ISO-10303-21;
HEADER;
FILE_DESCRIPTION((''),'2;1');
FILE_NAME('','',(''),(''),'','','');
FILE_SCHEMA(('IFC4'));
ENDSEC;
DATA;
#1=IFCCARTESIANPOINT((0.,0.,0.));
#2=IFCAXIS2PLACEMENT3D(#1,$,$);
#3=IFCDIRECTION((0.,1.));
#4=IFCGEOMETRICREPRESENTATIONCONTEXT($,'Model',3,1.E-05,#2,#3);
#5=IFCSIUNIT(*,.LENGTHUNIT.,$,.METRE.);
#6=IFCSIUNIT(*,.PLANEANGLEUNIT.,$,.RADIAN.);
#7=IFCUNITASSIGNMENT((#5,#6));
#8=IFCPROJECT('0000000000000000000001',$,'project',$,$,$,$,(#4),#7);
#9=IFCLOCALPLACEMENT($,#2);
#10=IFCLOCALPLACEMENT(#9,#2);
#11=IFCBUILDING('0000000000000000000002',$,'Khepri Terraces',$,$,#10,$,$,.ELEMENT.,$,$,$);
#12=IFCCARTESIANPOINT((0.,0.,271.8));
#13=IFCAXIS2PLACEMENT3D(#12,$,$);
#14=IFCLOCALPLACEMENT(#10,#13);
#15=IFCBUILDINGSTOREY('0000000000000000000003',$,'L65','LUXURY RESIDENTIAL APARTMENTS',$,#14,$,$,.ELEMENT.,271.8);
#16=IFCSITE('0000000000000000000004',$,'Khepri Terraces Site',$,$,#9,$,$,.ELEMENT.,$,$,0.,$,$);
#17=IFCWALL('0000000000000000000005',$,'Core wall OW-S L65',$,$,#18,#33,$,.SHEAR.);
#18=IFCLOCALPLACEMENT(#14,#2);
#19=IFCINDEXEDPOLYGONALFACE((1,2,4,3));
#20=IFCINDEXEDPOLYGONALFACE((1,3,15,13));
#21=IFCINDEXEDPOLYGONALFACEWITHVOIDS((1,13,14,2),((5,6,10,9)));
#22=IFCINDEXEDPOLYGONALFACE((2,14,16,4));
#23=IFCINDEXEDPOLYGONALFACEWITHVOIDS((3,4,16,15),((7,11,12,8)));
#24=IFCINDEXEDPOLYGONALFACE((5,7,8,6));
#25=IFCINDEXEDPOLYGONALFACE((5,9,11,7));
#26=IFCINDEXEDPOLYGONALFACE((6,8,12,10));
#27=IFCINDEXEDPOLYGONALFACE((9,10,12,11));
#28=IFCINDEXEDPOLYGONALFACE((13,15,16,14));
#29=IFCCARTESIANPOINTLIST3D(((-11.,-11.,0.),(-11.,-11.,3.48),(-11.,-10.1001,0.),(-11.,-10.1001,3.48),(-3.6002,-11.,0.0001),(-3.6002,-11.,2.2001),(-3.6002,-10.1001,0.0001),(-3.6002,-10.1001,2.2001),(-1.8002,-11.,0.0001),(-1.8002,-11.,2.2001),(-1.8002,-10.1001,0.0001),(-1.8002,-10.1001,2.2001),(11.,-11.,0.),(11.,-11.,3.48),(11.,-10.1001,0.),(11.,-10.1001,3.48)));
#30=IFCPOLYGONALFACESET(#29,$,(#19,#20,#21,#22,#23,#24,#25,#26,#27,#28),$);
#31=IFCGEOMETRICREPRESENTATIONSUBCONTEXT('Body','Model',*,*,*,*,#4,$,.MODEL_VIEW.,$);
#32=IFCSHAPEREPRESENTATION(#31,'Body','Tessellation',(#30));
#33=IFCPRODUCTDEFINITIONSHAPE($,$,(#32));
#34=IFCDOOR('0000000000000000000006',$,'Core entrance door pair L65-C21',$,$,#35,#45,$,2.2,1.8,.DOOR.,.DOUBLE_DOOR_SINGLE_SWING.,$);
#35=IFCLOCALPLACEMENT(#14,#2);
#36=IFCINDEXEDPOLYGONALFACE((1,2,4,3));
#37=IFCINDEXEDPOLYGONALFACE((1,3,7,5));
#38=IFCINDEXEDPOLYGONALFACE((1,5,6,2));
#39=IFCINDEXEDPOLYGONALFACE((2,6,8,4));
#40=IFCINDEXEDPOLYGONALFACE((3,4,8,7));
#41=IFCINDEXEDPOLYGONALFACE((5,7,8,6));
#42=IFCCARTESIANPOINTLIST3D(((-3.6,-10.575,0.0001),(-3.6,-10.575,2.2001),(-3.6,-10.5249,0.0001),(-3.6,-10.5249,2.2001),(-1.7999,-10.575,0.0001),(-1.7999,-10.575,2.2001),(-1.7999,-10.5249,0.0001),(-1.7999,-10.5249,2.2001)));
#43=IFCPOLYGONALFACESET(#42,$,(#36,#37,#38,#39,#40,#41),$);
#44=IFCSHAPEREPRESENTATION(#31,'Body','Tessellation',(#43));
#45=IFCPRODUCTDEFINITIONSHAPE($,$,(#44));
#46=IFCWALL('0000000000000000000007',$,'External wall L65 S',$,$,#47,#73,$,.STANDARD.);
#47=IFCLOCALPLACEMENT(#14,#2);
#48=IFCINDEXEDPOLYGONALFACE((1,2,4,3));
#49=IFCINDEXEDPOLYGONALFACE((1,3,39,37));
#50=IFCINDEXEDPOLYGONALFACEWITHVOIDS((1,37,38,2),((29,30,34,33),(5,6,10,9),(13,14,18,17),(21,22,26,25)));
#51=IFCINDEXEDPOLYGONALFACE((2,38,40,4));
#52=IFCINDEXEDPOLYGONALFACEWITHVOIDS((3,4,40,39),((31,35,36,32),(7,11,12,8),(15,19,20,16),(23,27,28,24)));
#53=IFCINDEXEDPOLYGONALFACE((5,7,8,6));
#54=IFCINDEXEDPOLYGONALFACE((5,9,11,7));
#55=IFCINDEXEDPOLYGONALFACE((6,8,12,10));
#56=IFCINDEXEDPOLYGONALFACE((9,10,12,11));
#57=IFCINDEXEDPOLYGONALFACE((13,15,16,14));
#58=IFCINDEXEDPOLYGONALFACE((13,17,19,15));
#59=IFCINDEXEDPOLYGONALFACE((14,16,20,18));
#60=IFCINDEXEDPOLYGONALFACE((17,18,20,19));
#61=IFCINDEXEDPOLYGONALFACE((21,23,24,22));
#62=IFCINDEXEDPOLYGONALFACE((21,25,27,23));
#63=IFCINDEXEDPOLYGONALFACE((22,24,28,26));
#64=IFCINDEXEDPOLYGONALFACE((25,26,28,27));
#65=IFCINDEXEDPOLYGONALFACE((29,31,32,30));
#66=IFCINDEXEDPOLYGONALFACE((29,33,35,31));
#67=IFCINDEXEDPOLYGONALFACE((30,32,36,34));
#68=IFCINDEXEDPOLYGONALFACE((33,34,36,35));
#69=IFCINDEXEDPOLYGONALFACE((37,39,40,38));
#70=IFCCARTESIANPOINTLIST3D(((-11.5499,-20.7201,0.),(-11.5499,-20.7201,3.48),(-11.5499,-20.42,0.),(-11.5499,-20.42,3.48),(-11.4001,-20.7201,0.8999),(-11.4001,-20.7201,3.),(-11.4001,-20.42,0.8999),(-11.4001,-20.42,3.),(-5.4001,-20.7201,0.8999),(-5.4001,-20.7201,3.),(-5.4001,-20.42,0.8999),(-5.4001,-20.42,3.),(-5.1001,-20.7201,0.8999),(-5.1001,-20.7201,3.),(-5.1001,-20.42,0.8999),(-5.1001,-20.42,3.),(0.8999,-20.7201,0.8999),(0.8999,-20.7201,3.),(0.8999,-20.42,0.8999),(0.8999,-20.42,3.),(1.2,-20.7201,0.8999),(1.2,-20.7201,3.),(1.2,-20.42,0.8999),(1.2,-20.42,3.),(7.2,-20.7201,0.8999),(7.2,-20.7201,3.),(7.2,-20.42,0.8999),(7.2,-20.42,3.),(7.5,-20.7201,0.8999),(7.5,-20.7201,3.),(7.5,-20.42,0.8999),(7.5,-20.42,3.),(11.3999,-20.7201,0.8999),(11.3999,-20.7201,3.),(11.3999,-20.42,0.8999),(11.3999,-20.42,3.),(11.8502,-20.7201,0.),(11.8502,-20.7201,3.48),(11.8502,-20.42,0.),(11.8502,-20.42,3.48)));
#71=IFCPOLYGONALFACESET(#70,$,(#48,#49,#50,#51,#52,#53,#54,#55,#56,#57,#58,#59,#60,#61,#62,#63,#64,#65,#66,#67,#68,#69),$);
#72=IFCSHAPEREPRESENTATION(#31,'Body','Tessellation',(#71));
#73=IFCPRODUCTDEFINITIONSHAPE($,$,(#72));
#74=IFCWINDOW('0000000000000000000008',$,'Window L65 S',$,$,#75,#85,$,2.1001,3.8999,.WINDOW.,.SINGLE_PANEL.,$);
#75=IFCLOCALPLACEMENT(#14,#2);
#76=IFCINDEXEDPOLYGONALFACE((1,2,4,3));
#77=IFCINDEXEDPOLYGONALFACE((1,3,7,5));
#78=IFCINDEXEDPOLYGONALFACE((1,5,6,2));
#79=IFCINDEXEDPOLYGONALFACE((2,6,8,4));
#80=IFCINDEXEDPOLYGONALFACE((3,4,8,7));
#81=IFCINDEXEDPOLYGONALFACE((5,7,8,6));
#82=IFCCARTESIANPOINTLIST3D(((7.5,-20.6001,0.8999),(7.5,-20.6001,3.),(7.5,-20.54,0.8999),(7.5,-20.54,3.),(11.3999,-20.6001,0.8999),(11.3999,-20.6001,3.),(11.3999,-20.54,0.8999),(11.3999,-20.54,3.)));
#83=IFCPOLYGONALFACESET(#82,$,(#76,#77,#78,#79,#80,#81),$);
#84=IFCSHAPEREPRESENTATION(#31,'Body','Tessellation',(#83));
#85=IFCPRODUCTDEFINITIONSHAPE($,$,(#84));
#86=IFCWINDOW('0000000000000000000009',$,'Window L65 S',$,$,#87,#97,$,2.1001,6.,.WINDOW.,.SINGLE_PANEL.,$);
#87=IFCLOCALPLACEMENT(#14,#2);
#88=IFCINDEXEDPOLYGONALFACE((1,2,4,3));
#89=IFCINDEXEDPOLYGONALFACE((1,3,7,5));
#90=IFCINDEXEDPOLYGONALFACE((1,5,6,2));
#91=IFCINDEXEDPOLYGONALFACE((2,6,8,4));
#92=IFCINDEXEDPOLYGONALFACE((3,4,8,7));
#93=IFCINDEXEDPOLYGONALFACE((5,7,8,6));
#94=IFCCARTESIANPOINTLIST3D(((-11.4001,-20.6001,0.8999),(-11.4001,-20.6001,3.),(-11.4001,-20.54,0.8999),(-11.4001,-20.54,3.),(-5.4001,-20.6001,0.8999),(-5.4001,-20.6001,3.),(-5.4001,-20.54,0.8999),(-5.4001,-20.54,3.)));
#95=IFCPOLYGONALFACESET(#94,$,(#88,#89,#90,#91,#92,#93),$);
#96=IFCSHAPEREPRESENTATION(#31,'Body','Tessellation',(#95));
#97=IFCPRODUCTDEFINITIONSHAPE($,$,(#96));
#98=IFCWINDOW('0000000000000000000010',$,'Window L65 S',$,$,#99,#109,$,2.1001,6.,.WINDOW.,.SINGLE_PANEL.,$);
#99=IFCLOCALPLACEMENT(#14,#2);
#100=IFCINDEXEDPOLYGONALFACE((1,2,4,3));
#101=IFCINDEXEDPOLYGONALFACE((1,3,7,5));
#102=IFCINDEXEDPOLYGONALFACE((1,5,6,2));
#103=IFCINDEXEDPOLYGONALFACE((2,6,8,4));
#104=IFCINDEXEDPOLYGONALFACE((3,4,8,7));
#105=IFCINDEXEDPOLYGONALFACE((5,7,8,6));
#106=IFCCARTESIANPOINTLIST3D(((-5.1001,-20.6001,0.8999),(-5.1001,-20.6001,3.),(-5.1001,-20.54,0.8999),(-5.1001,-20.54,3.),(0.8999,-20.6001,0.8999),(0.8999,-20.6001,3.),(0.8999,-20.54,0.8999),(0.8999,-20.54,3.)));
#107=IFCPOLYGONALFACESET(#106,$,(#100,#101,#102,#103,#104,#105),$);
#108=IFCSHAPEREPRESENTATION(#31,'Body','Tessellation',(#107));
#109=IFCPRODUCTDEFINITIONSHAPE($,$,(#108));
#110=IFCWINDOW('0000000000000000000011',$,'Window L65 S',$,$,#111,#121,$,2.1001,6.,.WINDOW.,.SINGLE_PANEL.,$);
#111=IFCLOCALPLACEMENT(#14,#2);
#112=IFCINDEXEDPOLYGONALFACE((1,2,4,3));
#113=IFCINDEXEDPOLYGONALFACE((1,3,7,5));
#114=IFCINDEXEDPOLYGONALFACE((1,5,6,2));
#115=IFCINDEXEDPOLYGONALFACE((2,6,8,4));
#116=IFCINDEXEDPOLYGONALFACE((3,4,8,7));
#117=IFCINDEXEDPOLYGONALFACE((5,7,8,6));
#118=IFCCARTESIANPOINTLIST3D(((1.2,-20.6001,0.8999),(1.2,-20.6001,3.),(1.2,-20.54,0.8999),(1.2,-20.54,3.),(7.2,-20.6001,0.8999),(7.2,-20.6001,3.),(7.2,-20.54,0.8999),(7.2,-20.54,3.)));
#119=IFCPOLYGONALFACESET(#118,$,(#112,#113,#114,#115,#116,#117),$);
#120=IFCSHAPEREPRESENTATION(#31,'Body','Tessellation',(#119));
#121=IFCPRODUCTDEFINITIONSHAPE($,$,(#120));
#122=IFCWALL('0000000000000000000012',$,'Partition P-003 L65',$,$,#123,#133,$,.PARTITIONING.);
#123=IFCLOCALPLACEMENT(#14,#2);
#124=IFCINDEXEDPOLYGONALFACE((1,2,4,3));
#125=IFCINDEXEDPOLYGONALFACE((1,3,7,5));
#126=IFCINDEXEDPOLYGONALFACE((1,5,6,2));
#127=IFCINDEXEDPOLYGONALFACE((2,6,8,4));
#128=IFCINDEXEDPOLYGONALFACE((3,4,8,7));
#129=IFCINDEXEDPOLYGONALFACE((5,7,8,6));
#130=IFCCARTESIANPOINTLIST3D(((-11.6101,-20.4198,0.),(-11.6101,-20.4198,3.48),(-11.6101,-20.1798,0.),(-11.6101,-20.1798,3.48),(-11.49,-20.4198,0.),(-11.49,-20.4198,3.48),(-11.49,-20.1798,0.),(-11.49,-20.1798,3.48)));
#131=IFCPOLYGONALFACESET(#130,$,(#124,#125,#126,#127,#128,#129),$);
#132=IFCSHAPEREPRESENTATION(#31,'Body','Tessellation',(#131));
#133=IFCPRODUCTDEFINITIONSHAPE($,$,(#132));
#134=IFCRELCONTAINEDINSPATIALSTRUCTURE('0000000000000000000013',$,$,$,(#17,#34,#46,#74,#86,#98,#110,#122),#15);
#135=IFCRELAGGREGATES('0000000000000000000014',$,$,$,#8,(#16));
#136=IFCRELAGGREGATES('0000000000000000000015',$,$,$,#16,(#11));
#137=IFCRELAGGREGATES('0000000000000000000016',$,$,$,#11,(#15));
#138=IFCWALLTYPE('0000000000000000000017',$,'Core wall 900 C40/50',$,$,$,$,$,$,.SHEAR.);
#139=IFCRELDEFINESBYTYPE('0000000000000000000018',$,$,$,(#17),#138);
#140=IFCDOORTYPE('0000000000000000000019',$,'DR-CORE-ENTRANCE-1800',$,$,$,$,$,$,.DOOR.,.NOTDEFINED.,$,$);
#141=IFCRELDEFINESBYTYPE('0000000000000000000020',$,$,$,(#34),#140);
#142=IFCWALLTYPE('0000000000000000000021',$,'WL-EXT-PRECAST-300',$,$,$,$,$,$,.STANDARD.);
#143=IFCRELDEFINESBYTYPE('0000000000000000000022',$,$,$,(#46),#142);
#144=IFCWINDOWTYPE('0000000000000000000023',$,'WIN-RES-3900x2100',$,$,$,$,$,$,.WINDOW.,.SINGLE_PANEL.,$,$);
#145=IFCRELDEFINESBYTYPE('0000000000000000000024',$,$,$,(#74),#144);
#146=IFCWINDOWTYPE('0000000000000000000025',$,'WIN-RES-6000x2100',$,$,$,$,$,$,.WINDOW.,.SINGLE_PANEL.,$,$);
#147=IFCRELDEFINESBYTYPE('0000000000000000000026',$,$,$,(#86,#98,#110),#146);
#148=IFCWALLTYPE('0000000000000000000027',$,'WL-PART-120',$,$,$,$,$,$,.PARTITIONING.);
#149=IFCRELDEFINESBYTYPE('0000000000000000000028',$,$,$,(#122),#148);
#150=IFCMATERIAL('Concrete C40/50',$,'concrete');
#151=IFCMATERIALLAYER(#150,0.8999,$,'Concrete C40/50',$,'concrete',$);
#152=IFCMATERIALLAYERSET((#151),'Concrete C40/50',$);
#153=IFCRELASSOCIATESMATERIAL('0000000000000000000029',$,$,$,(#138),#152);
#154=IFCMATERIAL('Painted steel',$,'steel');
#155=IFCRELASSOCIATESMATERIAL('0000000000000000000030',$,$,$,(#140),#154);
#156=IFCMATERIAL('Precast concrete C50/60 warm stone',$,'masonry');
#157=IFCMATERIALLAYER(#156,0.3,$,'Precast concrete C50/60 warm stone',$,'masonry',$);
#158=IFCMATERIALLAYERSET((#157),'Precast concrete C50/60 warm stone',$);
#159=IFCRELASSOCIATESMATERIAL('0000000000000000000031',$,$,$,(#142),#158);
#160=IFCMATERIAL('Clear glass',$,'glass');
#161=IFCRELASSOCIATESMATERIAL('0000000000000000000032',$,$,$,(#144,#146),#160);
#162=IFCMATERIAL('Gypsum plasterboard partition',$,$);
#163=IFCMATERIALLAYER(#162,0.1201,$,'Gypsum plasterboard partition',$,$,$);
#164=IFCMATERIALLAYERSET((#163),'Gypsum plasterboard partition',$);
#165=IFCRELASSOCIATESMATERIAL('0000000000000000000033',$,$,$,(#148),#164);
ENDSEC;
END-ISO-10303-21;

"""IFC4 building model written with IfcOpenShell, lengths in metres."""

from ifc_helpers import new_model, si_unit, direction, frame, frame_2d, origin, place, context, subcontext, project, spatial, rectangle, extrude, material, layer, layer_set, type_object, element, fill, save


model = new_model("IFC4")

# Units and contexts
model_context = context("Model", 3, precision=1e-05, world=origin(), true_north=direction((0.0, 1.0)))
body_context = subcontext(model_context, "Body", "Model", "MODEL_VIEW")
ifc_project = project(units=[si_unit("LENGTHUNIT", "METRE"), si_unit("PLANEANGLEUNIT", "RADIAN")], contexts=[model_context])

# Site, building, storey
site_placement = place(None, origin())
site = spatial("IfcSite", under=ifc_project, at=site_placement, Name="Khepri Terraces Site", CompositionType="ELEMENT", RefElevation=0.0)
building_placement = place(site_placement, origin())
building = spatial("IfcBuilding", under=site, at=building_placement, Name="Khepri Terraces", CompositionType="ELEMENT")
storey_placement = place(building_placement, frame((0.0, 0.0, 271.8)))
storey = spatial("IfcBuildingStorey", under=building, at=storey_placement, Name="L65", Description="LUXURY RESIDENTIAL APARTMENTS", CompositionType="ELEMENT", Elevation=271.8)

# Wall, opening, door
ifc_material_1 = material(Name="Concrete C40/50", Category="concrete")
ifc_layer_1 = layer(ifc_material_1, 0.8999, Name="Concrete C40/50", Category="concrete")
ifc_layer_set_1 = layer_set([ifc_layer_1], Name="Concrete C40/50")
wall_type_1 = type_object("IfcWallType", Name="Core wall 900 C40/50", PredefinedType="SHEAR", material=ifc_layer_set_1)
wall_1_placement = place(storey_placement, frame((-11.0, -10.55, 0.0), z_axis=(0.0, 0.0, 1.0), x_axis=(1.0, 0.0, 0.0)))
wall_1 = element("IfcWall", 1, at=wall_1_placement, inside=storey, type_object=wall_type_1, Name="Core wall OW-S L65", PredefinedType="SHEAR", context=body_context, shape_type="SweptSolid", body=[
    extrude(rectangle(XDim=22.0, YDim=0.8999, at=frame_2d((11.0, 0.0))), origin(), (0.0, 0.0, 1.0), 3.48),
])
opening_1_placement = place(wall_1_placement, frame((7.3999, 0.0, 0.0)))
opening_1 = element("IfcOpeningElement", 2, at=opening_1_placement, cuts=wall_1, PredefinedType="OPENING", context=body_context, shape_type="SweptSolid", body=[
    extrude(rectangle(XDim=1.8, YDim=2.2, at=frame_2d((0.8999, 1.1001))), frame((0.0, 0.46, 0.0), z_axis=(0.0, -1.0, 0.0), x_axis=(1.0, 0.0, 0.0)), (0.0, 0.0, 1.0), 0.9199),
])
ifc_material_2 = material(Name="Painted steel", Category="steel")
door_type_1 = type_object("IfcDoorType", Name="DR-CORE-ENTRANCE-1800", OperationType="NOTDEFINED", PredefinedType="DOOR", material=ifc_material_2)
door_1_placement = place(opening_1_placement, frame((1.8, 0.0, 0.0), z_axis=(0.0, 0.0, 1.0), x_axis=(-1.0, 0.0, 0.0)))
door_1 = element("IfcDoor", 3, at=door_1_placement, inside=storey, type_object=door_type_1, Name="Core entrance door pair L65-C21", OperationType="DOUBLE_DOOR_SINGLE_SWING", OverallHeight=2.2, OverallWidth=1.8, PredefinedType="DOOR", context=body_context, shape_type="SweptSolid", body=[
    extrude(rectangle(XDim=1.8, YDim=2.2, at=frame_2d((0.8999, 1.1001))), frame((0.0, 0.0249, 0.0), z_axis=(0.0, -1.0, 0.0), x_axis=(1.0, 0.0, 0.0)), (0.0, 0.0, 1.0), 0.05),
])
fill(opening_1, door_1)

# Wall, openings, windows
ifc_material_3 = material(Name="Precast concrete C50/60 warm stone", Category="masonry")
ifc_layer_2 = layer(ifc_material_3, 0.3, Name="Precast concrete C50/60 warm stone", Category="masonry")
ifc_layer_set_2 = layer_set([ifc_layer_2], Name="Precast concrete C50/60 warm stone")
wall_type_2 = type_object("IfcWallType", Name="WL-EXT-PRECAST-300", PredefinedType="STANDARD", material=ifc_layer_set_2)
wall_2_placement = place(storey_placement, frame((-11.55, -20.5701, 0.0), z_axis=(0.0, 0.0, 1.0), x_axis=(1.0, 0.0, 0.0)))
wall_2 = element("IfcWall", 4, at=wall_2_placement, inside=storey, type_object=wall_type_2, Name="External wall L65 S", PredefinedType="STANDARD", context=body_context, shape_type="SweptSolid", body=[
    extrude(rectangle(XDim=23.4001, YDim=0.3, at=frame_2d((11.7002, 0.0))), origin(), (0.0, 0.0, 1.0), 3.48),
])
opening_2_placement = place(wall_2_placement, frame((0.1499, 0.0, 0.8999)))
opening_2 = element("IfcOpeningElement", 5, at=opening_2_placement, cuts=wall_2, PredefinedType="OPENING", context=body_context, shape_type="SweptSolid", body=[
    extrude(rectangle(XDim=6.0, YDim=2.1001, at=frame_2d((3.0, 1.05))), frame((0.0, 0.1602, 0.0), z_axis=(0.0, -1.0, 0.0), x_axis=(1.0, 0.0, 0.0)), (0.0, 0.0, 1.0), 0.3201),
])
opening_3_placement = place(wall_2_placement, frame((6.45, 0.0, 0.8999)))
opening_3 = element("IfcOpeningElement", 6, at=opening_3_placement, cuts=wall_2, PredefinedType="OPENING", context=body_context, shape_type="SweptSolid", body=[
    extrude(rectangle(XDim=6.0, YDim=2.1001, at=frame_2d((3.0, 1.05))), frame((0.0, 0.1602, 0.0), z_axis=(0.0, -1.0, 0.0), x_axis=(1.0, 0.0, 0.0)), (0.0, 0.0, 1.0), 0.3201),
])
opening_4_placement = place(wall_2_placement, frame((12.75, 0.0, 0.8999)))
opening_4 = element("IfcOpeningElement", 7, at=opening_4_placement, cuts=wall_2, PredefinedType="OPENING", context=body_context, shape_type="SweptSolid", body=[
    extrude(rectangle(XDim=6.0, YDim=2.1001, at=frame_2d((3.0, 1.05))), frame((0.0, 0.1602, 0.0), z_axis=(0.0, -1.0, 0.0), x_axis=(1.0, 0.0, 0.0)), (0.0, 0.0, 1.0), 0.3201),
])
opening_5_placement = place(wall_2_placement, frame((19.05, 0.0, 0.8999)))
opening_5 = element("IfcOpeningElement", 8, at=opening_5_placement, cuts=wall_2, PredefinedType="OPENING", context=body_context, shape_type="SweptSolid", body=[
    extrude(rectangle(XDim=3.8999, YDim=2.1001, at=frame_2d((1.95, 1.05))), frame((0.0, 0.1602, 0.0), z_axis=(0.0, -1.0, 0.0), x_axis=(1.0, 0.0, 0.0)), (0.0, 0.0, 1.0), 0.3201),
])
ifc_material_4 = material(Name="Clear glass", Category="glass")
window_type_1 = type_object("IfcWindowType", Name="WIN-RES-3900x2100", PartitioningType="SINGLE_PANEL", PredefinedType="WINDOW", material=ifc_material_4)
window_1_placement = place(opening_5_placement, origin())
window_1 = element("IfcWindow", 9, at=window_1_placement, inside=storey, type_object=window_type_1, Name="Window L65 S", OverallHeight=2.1001, OverallWidth=3.8999, PartitioningType="SINGLE_PANEL", PredefinedType="WINDOW", context=body_context, shape_type="SweptSolid", body=[
    extrude(rectangle(XDim=3.8999, YDim=2.1001, at=frame_2d((1.95, 1.05))), frame((0.0, 0.03, 0.0), z_axis=(0.0, -1.0, 0.0), x_axis=(1.0, 0.0, 0.0)), (0.0, 0.0, 1.0), 0.0601),
])
fill(opening_5, window_1)
window_type_2 = type_object("IfcWindowType", Name="WIN-RES-6000x2100", PartitioningType="SINGLE_PANEL", PredefinedType="WINDOW", material=ifc_material_4)
window_2_placement = place(opening_2_placement, origin())
window_2 = element("IfcWindow", 10, at=window_2_placement, inside=storey, type_object=window_type_2, Name="Window L65 S", OverallHeight=2.1001, OverallWidth=6.0, PartitioningType="SINGLE_PANEL", PredefinedType="WINDOW", context=body_context, shape_type="SweptSolid", body=[
    extrude(rectangle(XDim=6.0, YDim=2.1001, at=frame_2d((3.0, 1.05))), frame((0.0, 0.03, 0.0), z_axis=(0.0, -1.0, 0.0), x_axis=(1.0, 0.0, 0.0)), (0.0, 0.0, 1.0), 0.0601),
])
fill(opening_2, window_2)
window_3_placement = place(opening_3_placement, origin())
window_3 = element("IfcWindow", 11, at=window_3_placement, inside=storey, type_object=window_type_2, Name="Window L65 S", OverallHeight=2.1001, OverallWidth=6.0, PartitioningType="SINGLE_PANEL", PredefinedType="WINDOW", context=body_context, shape_type="SweptSolid", body=[
    extrude(rectangle(XDim=6.0, YDim=2.1001, at=frame_2d((3.0, 1.05))), frame((0.0, 0.03, 0.0), z_axis=(0.0, -1.0, 0.0), x_axis=(1.0, 0.0, 0.0)), (0.0, 0.0, 1.0), 0.0601),
])
fill(opening_3, window_3)
window_4_placement = place(opening_4_placement, origin())
window_4 = element("IfcWindow", 12, at=window_4_placement, inside=storey, type_object=window_type_2, Name="Window L65 S", OverallHeight=2.1001, OverallWidth=6.0, PartitioningType="SINGLE_PANEL", PredefinedType="WINDOW", context=body_context, shape_type="SweptSolid", body=[
    extrude(rectangle(XDim=6.0, YDim=2.1001, at=frame_2d((3.0, 1.05))), frame((0.0, 0.03, 0.0), z_axis=(0.0, -1.0, 0.0), x_axis=(1.0, 0.0, 0.0)), (0.0, 0.0, 1.0), 0.0601),
])
fill(opening_4, window_4)

# Wall
ifc_material_5 = material(Name="Gypsum plasterboard partition")
ifc_layer_3 = layer(ifc_material_5, 0.1201, Name="Gypsum plasterboard partition")
ifc_layer_set_3 = layer_set([ifc_layer_3], Name="Gypsum plasterboard partition")
wall_type_3 = type_object("IfcWallType", Name="WL-PART-120", PredefinedType="PARTITIONING", material=ifc_layer_set_3)
wall_3_placement = place(storey_placement, frame((-11.55, -20.4199, 0.0), z_axis=(0.0, 0.0, 1.0), x_axis=(0.0, 1.0, 0.0)))
element("IfcWall", 13, at=wall_3_placement, inside=storey, type_object=wall_type_3, Name="Partition P-003 L65", PredefinedType="PARTITIONING", context=body_context, shape_type="SweptSolid", body=[
    extrude(rectangle(XDim=0.24, YDim=0.1201, at=frame_2d((0.1201, 0.0))), origin(), (0.0, 0.0, 1.0), 3.48),
])

save(model, "model.ifc")
